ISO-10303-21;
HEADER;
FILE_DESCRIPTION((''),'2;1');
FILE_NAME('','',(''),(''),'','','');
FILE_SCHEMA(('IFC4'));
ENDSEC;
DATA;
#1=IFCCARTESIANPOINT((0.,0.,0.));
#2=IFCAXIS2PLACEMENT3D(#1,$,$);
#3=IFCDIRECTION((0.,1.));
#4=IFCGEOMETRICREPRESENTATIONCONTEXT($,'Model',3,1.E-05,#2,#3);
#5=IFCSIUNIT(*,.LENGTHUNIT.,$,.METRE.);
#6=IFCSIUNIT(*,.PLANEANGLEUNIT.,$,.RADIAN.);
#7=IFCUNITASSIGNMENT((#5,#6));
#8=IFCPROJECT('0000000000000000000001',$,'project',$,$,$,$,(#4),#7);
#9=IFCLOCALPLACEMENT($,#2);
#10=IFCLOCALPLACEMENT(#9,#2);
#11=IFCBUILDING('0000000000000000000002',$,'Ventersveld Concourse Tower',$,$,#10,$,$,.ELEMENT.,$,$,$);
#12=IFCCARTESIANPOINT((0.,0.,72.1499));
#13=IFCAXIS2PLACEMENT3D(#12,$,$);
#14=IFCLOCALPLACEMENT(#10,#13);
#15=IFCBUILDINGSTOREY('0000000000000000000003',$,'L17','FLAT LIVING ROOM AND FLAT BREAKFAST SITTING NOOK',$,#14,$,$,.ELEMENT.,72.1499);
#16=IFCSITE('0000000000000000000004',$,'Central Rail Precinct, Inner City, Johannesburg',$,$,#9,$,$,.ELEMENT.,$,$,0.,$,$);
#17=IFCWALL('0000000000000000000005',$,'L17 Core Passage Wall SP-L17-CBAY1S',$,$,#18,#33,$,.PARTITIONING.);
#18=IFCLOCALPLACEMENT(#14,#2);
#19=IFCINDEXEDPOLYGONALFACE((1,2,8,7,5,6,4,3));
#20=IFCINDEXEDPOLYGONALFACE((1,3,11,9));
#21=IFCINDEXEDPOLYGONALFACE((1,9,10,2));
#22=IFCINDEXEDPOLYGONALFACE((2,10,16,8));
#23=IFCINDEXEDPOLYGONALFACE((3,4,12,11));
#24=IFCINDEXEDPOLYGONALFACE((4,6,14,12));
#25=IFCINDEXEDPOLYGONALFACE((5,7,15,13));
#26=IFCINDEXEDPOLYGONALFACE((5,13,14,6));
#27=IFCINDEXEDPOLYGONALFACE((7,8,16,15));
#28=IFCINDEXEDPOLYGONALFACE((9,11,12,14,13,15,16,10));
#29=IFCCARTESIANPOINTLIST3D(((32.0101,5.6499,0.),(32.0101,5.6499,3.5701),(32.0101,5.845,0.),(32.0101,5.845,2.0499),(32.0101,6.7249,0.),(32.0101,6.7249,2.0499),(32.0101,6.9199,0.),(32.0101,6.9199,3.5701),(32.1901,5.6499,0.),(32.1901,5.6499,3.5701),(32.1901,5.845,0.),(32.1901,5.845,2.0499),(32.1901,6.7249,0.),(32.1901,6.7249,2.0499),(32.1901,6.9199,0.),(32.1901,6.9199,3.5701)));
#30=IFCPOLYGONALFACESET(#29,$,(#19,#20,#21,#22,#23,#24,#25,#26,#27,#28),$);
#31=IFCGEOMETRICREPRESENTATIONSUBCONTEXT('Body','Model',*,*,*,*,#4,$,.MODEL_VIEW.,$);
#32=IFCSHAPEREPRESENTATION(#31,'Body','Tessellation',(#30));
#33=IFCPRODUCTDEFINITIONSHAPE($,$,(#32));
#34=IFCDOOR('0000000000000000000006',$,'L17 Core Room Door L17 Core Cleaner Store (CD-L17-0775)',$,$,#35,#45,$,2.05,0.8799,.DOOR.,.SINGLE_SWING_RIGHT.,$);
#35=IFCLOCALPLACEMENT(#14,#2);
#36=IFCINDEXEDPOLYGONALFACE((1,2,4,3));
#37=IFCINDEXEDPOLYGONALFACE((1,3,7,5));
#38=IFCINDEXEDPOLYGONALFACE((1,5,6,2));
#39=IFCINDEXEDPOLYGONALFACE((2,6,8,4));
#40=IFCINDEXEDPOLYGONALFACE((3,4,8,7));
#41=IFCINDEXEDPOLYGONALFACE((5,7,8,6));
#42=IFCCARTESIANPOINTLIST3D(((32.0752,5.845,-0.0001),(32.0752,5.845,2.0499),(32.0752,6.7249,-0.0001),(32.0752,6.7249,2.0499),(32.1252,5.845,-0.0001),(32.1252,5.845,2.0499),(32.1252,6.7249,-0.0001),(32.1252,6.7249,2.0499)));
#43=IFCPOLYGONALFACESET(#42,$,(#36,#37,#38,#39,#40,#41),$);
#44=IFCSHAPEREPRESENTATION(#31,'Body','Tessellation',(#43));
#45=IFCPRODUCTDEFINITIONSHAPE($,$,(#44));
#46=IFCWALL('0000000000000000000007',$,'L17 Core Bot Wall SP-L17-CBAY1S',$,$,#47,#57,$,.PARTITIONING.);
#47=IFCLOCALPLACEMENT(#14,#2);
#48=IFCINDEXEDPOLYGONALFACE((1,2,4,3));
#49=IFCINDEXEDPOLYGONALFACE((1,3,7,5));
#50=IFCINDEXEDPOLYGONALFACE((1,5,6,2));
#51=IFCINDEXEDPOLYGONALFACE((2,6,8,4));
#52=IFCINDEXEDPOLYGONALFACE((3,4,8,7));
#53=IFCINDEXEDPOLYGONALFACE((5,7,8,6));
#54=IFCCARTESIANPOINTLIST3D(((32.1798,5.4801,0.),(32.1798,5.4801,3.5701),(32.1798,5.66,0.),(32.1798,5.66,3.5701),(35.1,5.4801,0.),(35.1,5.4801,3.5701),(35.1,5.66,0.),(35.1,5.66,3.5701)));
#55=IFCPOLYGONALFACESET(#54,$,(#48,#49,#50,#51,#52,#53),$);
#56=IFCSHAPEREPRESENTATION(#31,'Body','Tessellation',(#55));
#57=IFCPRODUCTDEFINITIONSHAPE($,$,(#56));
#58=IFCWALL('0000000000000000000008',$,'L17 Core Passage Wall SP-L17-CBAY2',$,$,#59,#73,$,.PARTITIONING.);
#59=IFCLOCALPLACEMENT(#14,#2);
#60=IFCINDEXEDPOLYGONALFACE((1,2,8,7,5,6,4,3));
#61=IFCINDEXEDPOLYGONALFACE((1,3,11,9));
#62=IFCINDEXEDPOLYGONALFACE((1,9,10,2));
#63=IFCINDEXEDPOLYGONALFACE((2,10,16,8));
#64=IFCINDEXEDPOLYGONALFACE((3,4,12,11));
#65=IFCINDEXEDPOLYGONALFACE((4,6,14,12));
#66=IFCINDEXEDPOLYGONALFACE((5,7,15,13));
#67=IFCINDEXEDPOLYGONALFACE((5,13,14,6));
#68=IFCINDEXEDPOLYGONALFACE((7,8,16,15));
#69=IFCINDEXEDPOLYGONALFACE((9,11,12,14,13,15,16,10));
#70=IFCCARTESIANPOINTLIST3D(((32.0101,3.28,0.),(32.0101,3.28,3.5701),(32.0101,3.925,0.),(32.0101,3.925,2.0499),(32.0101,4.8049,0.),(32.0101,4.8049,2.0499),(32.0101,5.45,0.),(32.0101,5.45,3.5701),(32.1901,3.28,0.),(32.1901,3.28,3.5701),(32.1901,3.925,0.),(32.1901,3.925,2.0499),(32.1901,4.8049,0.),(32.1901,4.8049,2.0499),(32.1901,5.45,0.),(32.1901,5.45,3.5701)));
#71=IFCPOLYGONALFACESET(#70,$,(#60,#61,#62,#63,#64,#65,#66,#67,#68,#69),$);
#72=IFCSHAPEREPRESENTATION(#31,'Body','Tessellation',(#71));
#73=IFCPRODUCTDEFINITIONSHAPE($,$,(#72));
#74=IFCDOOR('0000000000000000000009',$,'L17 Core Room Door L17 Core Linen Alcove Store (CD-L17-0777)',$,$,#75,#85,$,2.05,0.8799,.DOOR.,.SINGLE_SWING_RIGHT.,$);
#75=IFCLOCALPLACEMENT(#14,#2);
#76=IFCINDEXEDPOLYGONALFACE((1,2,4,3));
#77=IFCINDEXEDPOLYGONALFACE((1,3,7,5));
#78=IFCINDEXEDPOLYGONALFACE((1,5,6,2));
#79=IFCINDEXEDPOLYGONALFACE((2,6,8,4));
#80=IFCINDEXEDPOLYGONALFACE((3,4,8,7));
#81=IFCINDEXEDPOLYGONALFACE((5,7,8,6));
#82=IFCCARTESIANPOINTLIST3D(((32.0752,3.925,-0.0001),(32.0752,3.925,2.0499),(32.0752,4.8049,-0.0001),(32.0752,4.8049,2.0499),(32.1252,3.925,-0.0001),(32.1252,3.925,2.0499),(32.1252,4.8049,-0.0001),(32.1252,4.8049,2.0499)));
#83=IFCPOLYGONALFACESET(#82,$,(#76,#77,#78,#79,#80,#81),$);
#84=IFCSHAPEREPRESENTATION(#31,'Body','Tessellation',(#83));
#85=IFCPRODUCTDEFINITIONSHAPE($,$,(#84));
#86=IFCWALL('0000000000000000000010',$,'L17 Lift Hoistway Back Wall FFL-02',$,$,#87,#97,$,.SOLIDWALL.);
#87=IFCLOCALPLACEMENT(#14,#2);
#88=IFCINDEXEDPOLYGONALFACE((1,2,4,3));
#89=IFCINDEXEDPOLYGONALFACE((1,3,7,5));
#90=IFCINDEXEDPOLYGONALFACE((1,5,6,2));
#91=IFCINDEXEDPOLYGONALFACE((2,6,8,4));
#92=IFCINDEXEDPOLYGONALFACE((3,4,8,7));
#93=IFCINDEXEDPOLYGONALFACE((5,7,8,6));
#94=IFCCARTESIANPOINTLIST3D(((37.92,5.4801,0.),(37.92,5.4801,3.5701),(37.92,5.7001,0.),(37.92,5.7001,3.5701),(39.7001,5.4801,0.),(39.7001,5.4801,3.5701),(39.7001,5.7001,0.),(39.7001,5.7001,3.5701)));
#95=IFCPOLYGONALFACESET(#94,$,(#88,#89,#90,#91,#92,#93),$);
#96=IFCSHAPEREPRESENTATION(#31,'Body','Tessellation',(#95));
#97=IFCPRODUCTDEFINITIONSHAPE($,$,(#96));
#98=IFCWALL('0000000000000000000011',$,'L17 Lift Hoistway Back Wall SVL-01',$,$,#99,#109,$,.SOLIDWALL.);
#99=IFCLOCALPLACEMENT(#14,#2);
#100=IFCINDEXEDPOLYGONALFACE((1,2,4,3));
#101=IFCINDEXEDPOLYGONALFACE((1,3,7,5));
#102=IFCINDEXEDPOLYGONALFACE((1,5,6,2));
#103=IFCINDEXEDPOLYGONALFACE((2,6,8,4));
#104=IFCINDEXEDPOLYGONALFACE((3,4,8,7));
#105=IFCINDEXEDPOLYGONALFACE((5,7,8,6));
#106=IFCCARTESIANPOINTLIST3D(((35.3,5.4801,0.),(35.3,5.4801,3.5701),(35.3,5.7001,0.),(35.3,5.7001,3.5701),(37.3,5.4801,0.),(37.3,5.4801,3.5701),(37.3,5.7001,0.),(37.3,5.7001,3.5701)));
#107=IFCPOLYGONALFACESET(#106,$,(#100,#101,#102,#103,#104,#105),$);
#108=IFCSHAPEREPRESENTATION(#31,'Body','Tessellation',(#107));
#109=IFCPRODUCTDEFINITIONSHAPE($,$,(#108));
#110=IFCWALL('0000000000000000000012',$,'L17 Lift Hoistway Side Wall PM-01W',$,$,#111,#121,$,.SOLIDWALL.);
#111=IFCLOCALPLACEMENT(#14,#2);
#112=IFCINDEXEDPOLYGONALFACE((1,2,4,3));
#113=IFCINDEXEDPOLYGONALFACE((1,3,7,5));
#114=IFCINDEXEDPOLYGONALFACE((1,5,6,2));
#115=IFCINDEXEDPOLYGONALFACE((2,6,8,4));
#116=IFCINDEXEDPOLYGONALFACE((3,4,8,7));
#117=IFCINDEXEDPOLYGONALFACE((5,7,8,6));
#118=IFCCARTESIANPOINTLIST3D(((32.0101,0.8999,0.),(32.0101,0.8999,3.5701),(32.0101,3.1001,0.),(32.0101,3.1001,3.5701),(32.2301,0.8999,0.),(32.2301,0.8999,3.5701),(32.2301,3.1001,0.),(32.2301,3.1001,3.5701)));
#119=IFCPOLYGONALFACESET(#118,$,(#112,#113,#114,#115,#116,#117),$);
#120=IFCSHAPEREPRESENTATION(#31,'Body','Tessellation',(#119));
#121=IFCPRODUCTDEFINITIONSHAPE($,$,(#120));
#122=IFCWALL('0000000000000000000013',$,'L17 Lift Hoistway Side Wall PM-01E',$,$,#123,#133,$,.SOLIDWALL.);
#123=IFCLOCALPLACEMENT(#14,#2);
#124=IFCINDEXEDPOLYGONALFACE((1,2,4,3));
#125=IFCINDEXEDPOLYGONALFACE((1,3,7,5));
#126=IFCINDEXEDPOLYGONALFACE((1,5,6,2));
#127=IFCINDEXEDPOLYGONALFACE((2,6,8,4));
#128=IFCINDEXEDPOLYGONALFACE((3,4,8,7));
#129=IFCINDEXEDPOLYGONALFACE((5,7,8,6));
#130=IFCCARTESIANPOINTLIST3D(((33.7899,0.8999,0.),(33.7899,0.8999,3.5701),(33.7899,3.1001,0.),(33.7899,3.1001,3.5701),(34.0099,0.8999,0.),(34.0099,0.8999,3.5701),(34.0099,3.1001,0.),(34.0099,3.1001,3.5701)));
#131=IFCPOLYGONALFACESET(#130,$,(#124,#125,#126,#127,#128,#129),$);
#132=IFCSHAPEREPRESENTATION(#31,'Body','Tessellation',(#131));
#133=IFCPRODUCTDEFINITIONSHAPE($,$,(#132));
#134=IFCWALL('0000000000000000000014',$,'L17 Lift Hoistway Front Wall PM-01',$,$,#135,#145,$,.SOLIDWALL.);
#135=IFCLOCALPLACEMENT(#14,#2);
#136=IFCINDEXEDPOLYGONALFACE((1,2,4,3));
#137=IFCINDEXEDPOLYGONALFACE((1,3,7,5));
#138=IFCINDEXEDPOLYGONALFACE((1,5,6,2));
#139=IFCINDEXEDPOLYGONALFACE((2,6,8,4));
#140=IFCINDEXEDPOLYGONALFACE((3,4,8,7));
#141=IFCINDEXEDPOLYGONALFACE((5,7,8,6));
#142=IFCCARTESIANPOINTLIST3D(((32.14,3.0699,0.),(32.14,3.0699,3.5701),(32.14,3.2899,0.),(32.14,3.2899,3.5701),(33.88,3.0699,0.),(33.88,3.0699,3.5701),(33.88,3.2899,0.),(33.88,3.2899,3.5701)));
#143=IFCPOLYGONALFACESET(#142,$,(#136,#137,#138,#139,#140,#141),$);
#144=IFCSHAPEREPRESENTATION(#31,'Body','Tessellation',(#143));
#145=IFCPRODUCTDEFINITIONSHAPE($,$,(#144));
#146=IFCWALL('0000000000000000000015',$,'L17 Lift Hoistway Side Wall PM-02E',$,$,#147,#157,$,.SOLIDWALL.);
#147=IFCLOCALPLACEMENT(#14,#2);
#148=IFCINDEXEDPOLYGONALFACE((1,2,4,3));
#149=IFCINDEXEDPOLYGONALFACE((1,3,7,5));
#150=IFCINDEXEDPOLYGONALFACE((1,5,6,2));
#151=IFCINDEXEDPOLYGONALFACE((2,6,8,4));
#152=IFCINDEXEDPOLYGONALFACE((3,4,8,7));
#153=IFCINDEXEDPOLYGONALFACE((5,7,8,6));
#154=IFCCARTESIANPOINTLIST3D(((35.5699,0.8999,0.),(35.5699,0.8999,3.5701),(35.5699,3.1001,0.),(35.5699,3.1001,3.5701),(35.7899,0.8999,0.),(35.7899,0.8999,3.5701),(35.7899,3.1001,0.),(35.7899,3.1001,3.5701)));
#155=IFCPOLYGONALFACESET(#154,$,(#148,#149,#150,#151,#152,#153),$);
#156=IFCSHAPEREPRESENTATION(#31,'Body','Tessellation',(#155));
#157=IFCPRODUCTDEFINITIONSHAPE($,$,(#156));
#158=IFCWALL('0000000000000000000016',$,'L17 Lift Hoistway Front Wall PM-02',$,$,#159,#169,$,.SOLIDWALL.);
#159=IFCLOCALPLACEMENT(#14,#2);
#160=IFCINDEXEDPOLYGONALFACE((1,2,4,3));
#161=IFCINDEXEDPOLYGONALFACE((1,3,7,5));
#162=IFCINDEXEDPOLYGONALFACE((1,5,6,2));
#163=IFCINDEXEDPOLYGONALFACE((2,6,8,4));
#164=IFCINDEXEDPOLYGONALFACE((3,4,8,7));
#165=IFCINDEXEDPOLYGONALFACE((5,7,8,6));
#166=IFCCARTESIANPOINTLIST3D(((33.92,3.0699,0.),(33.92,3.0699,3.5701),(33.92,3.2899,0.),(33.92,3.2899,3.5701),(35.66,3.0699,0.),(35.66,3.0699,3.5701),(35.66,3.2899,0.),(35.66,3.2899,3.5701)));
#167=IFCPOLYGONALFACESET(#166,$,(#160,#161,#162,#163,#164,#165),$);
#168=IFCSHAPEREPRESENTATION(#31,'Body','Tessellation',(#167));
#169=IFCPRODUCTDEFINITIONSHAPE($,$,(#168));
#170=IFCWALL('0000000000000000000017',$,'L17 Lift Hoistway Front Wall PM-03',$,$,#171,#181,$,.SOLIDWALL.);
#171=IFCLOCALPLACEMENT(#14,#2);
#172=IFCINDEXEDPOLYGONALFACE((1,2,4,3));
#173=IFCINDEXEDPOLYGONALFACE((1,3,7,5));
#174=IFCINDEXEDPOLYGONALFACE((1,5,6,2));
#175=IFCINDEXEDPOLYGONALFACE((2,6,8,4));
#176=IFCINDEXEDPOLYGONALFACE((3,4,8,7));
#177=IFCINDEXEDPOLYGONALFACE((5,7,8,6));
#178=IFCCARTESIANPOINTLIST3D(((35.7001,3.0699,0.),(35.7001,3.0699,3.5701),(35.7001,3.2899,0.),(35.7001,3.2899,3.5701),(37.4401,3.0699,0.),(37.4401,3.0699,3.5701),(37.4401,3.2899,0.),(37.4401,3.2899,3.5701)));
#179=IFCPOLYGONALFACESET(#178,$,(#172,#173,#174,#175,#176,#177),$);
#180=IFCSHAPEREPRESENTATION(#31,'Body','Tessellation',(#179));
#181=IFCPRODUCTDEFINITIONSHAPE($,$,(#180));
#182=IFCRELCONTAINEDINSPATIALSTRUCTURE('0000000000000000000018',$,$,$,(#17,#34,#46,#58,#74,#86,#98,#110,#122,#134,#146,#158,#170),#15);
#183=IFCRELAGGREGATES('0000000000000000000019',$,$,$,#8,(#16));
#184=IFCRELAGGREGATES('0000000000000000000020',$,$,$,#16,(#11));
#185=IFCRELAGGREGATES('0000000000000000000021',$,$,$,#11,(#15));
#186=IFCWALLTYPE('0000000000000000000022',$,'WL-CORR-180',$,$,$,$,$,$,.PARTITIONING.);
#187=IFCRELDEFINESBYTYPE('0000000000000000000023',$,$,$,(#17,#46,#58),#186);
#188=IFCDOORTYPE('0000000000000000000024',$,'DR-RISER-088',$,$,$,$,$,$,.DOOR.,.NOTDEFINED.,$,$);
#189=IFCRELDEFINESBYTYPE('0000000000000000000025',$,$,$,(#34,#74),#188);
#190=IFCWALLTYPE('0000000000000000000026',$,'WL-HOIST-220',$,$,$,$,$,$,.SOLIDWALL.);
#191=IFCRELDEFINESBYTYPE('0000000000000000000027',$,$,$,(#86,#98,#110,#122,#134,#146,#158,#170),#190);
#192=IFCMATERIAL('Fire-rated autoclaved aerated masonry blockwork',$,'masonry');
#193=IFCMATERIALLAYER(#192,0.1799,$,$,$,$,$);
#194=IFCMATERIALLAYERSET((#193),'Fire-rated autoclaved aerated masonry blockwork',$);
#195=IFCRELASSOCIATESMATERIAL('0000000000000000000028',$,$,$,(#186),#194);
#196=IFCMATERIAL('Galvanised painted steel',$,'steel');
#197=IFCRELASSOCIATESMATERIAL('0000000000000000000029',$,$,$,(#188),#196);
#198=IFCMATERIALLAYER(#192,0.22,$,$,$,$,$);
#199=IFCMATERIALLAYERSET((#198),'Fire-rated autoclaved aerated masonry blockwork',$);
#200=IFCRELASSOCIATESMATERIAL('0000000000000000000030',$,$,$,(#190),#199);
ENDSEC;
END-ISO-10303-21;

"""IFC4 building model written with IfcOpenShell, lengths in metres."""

from ifc_helpers import new_model, si_unit, direction, frame, frame_2d, origin, place, context, subcontext, project, spatial, rectangle, extrude, material, layer, layer_set, type_object, element, fill, save


model = new_model("IFC4")

# Units and contexts
model_context = context("Model", 3, precision=1e-05, world=origin(), true_north=direction((0.0, 1.0)))
body_context = subcontext(model_context, "Body", "Model", "MODEL_VIEW")
ifc_project = project(units=[si_unit("LENGTHUNIT", "METRE"), si_unit("PLANEANGLEUNIT", "RADIAN")], contexts=[model_context])

# Site, building, storey
site_placement = place(None, origin())
site = spatial("IfcSite", under=ifc_project, at=site_placement, Name="Central Rail Precinct, Inner City, Johannesburg", CompositionType="ELEMENT", RefElevation=0.0)
building_placement = place(site_placement, origin())
building = spatial("IfcBuilding", under=site, at=building_placement, Name="Ventersveld Concourse Tower", CompositionType="ELEMENT")
storey_placement = place(building_placement, frame((0.0, 0.0, 72.1499)))
storey = spatial("IfcBuildingStorey", under=building, at=storey_placement, Name="L17", Description="FLAT LIVING ROOM AND FLAT BREAKFAST SITTING NOOK", CompositionType="ELEMENT", Elevation=72.1499)

# Wall, opening, door
ifc_material_1 = material(Name="Fire-rated autoclaved aerated masonry blockwork", Category="masonry")
ifc_layer_1 = layer(ifc_material_1, 0.1799)
ifc_layer_set_1 = layer_set([ifc_layer_1], Name="Fire-rated autoclaved aerated masonry blockwork")
wall_type_1 = type_object("IfcWallType", Name="WL-CORR-180", PredefinedType="PARTITIONING", material=ifc_layer_set_1)
wall_1_placement = place(storey_placement, frame((32.1001, 5.6499, 0.0), z_axis=(0.0, 0.0, 1.0), x_axis=(0.0, 1.0, 0.0)))
wall_1 = element("IfcWall", 1, at=wall_1_placement, inside=storey, type_object=wall_type_1, Name="L17 Core Passage Wall SP-L17-CBAY1S", PredefinedType="PARTITIONING", context=body_context, shape_type="SweptSolid", body=[
    extrude(rectangle(XDim=1.27, YDim=0.1799, at=frame_2d((0.635, 0.0))), origin(), (0.0, 0.0, 1.0), 3.5701),
])
opening_1_placement = place(wall_1_placement, frame((0.1951, 0.0, 0.0)))
opening_1 = element("IfcOpeningElement", 2, at=opening_1_placement, cuts=wall_1, PredefinedType="OPENING", context=body_context, shape_type="SweptSolid", body=[
    extrude(rectangle(XDim=0.8799, YDim=2.05, at=frame_2d((0.4399, 1.0249))), frame((0.0, 0.1001, 0.0), z_axis=(0.0, -1.0, 0.0), x_axis=(1.0, 0.0, 0.0)), (0.0, 0.0, 1.0), 0.2),
])
ifc_material_2 = material(Name="Galvanised painted steel", Category="steel")
door_type = type_object("IfcDoorType", Name="DR-RISER-088", OperationType="NOTDEFINED", PredefinedType="DOOR", material=ifc_material_2)
door_1_placement = place(opening_1_placement, origin())
door_1 = element("IfcDoor", 3, at=door_1_placement, inside=storey, type_object=door_type, Name="L17 Core Room Door L17 Core Cleaner Store (CD-L17-0775)", OperationType="SINGLE_SWING_RIGHT", OverallHeight=2.05, OverallWidth=0.8799, PredefinedType="DOOR", context=body_context, shape_type="SweptSolid", body=[
    extrude(rectangle(XDim=0.8799, YDim=2.05, at=frame_2d((0.4399, 1.0249))), frame((0.0, 0.0249, 0.0), z_axis=(0.0, -1.0, 0.0), x_axis=(1.0, 0.0, 0.0)), (0.0, 0.0, 1.0), 0.05),
])
fill(opening_1, door_1)

# Wall
wall_2_placement = place(storey_placement, frame((32.1799, 5.5701, 0.0), z_axis=(0.0, 0.0, 1.0), x_axis=(1.0, 0.0, 0.0)))
element("IfcWall", 4, at=wall_2_placement, inside=storey, type_object=wall_type_1, Name="L17 Core Bot Wall SP-L17-CBAY1S", PredefinedType="PARTITIONING", context=body_context, shape_type="SweptSolid", body=[
    extrude(rectangle(XDim=2.9202, YDim=0.1799, at=frame_2d((1.46, 0.0))), origin(), (0.0, 0.0, 1.0), 3.5701),
])

# Wall, opening, door
wall_3_placement = place(storey_placement, frame((32.1001, 3.28, 0.0), z_axis=(0.0, 0.0, 1.0), x_axis=(0.0, 1.0, 0.0)))
wall_3 = element("IfcWall", 5, at=wall_3_placement, inside=storey, type_object=wall_type_1, Name="L17 Core Passage Wall SP-L17-CBAY2", PredefinedType="PARTITIONING", context=body_context, shape_type="SweptSolid", body=[
    extrude(rectangle(XDim=2.1699, YDim=0.1799, at=frame_2d((1.085, 0.0))), origin(), (0.0, 0.0, 1.0), 3.5701),
])
opening_2_placement = place(wall_3_placement, frame((0.645, 0.0, 0.0)))
opening_2 = element("IfcOpeningElement", 6, at=opening_2_placement, cuts=wall_3, PredefinedType="OPENING", context=body_context, shape_type="SweptSolid", body=[
    extrude(rectangle(XDim=0.8799, YDim=2.05, at=frame_2d((0.4399, 1.0249))), frame((0.0, 0.1001, 0.0), z_axis=(0.0, -1.0, 0.0), x_axis=(1.0, 0.0, 0.0)), (0.0, 0.0, 1.0), 0.2),
])
door_2_placement = place(opening_2_placement, origin())
door_2 = element("IfcDoor", 7, at=door_2_placement, inside=storey, type_object=door_type, Name="L17 Core Room Door L17 Core Linen Alcove Store (CD-L17-0777)", OperationType="SINGLE_SWING_RIGHT", OverallHeight=2.05, OverallWidth=0.8799, PredefinedType="DOOR", context=body_context, shape_type="SweptSolid", body=[
    extrude(rectangle(XDim=0.8799, YDim=2.05, at=frame_2d((0.4399, 1.0249))), frame((0.0, 0.0249, 0.0), z_axis=(0.0, -1.0, 0.0), x_axis=(1.0, 0.0, 0.0)), (0.0, 0.0, 1.0), 0.05),
])
fill(opening_2, door_2)

# Walls
ifc_layer_2 = layer(ifc_material_1, 0.22)
ifc_layer_set_2 = layer_set([ifc_layer_2], Name="Fire-rated autoclaved aerated masonry blockwork")
wall_type_2 = type_object("IfcWallType", Name="WL-HOIST-220", PredefinedType="SOLIDWALL", material=ifc_layer_set_2)
wall_4_placement = place(storey_placement, frame((37.9199, 5.5901, 0.0), z_axis=(0.0, 0.0, 1.0), x_axis=(1.0, 0.0, 0.0)))
element("IfcWall", 8, at=wall_4_placement, inside=storey, type_object=wall_type_2, Name="L17 Lift Hoistway Back Wall FFL-02", PredefinedType="SOLIDWALL", context=body_context, shape_type="SweptSolid", body=[
    extrude(rectangle(XDim=1.78, YDim=0.22, at=frame_2d((0.8901, 0.0))), origin(), (0.0, 0.0, 1.0), 3.5701),
])
wall_5_placement = place(storey_placement, frame((35.3, 5.5901, 0.0), z_axis=(0.0, 0.0, 1.0), x_axis=(1.0, 0.0, 0.0)))
element("IfcWall", 9, at=wall_5_placement, inside=storey, type_object=wall_type_2, Name="L17 Lift Hoistway Back Wall SVL-01", PredefinedType="SOLIDWALL", context=body_context, shape_type="SweptSolid", body=[
    extrude(rectangle(XDim=2.0, YDim=0.22, at=frame_2d((1.0, 0.0))), origin(), (0.0, 0.0, 1.0), 3.5701),
])
for number, where, z_axis, x_axis, name in (
    (10, (32.1201, 0.8999, 0.0), (0.0, 0.0, 1.0), (0.0, 1.0, 0.0), "L17 Lift Hoistway Side Wall PM-01W"),
    (11, (33.8999, 0.8999, 0.0), (0.0, 0.0, 1.0), (0.0, 1.0, 0.0), "L17 Lift Hoistway Side Wall PM-01E"),
):
    element("IfcWall", number, at=place(storey_placement, frame(where, z_axis=z_axis, x_axis=x_axis)), inside=storey, type_object=wall_type_2, Name=name, PredefinedType="SOLIDWALL", context=body_context, shape_type="SweptSolid", body=[
        extrude(rectangle(XDim=2.2002, YDim=0.22, at=frame_2d((1.1001, 0.0))), origin(), (0.0, 0.0, 1.0), 3.5701),
    ])
wall_6_placement = place(storey_placement, frame((32.1399, 3.1799, 0.0), z_axis=(0.0, 0.0, 1.0), x_axis=(1.0, 0.0, 0.0)))
element("IfcWall", 12, at=wall_6_placement, inside=storey, type_object=wall_type_2, Name="L17 Lift Hoistway Front Wall PM-01", PredefinedType="SOLIDWALL", context=body_context, shape_type="SweptSolid", body=[
    extrude(rectangle(XDim=1.74, YDim=0.22, at=frame_2d((0.8701, 0.0))), origin(), (0.0, 0.0, 1.0), 3.5701),
])
wall_7_placement = place(storey_placement, frame((35.6799, 0.8999, 0.0), z_axis=(0.0, 0.0, 1.0), x_axis=(0.0, 1.0, 0.0)))
element("IfcWall", 13, at=wall_7_placement, inside=storey, type_object=wall_type_2, Name="L17 Lift Hoistway Side Wall PM-02E", PredefinedType="SOLIDWALL", context=body_context, shape_type="SweptSolid", body=[
    extrude(rectangle(XDim=2.2002, YDim=0.22, at=frame_2d((1.1001, 0.0))), origin(), (0.0, 0.0, 1.0), 3.5701),
])
for number, where, z_axis, x_axis, name in (
    (14, (33.9199, 3.1799, 0.0), (0.0, 0.0, 1.0), (1.0, 0.0, 0.0), "L17 Lift Hoistway Front Wall PM-02"),
    (15, (35.7, 3.1799, 0.0), (0.0, 0.0, 1.0), (1.0, 0.0, 0.0), "L17 Lift Hoistway Front Wall PM-03"),
):
    element("IfcWall", number, at=place(storey_placement, frame(where, z_axis=z_axis, x_axis=x_axis)), inside=storey, type_object=wall_type_2, Name=name, PredefinedType="SOLIDWALL", context=body_context, shape_type="SweptSolid", body=[
        extrude(rectangle(XDim=1.74, YDim=0.22, at=frame_2d((0.8701, 0.0))), origin(), (0.0, 0.0, 1.0), 3.5701),
    ])

save(model, "model.ifc")
